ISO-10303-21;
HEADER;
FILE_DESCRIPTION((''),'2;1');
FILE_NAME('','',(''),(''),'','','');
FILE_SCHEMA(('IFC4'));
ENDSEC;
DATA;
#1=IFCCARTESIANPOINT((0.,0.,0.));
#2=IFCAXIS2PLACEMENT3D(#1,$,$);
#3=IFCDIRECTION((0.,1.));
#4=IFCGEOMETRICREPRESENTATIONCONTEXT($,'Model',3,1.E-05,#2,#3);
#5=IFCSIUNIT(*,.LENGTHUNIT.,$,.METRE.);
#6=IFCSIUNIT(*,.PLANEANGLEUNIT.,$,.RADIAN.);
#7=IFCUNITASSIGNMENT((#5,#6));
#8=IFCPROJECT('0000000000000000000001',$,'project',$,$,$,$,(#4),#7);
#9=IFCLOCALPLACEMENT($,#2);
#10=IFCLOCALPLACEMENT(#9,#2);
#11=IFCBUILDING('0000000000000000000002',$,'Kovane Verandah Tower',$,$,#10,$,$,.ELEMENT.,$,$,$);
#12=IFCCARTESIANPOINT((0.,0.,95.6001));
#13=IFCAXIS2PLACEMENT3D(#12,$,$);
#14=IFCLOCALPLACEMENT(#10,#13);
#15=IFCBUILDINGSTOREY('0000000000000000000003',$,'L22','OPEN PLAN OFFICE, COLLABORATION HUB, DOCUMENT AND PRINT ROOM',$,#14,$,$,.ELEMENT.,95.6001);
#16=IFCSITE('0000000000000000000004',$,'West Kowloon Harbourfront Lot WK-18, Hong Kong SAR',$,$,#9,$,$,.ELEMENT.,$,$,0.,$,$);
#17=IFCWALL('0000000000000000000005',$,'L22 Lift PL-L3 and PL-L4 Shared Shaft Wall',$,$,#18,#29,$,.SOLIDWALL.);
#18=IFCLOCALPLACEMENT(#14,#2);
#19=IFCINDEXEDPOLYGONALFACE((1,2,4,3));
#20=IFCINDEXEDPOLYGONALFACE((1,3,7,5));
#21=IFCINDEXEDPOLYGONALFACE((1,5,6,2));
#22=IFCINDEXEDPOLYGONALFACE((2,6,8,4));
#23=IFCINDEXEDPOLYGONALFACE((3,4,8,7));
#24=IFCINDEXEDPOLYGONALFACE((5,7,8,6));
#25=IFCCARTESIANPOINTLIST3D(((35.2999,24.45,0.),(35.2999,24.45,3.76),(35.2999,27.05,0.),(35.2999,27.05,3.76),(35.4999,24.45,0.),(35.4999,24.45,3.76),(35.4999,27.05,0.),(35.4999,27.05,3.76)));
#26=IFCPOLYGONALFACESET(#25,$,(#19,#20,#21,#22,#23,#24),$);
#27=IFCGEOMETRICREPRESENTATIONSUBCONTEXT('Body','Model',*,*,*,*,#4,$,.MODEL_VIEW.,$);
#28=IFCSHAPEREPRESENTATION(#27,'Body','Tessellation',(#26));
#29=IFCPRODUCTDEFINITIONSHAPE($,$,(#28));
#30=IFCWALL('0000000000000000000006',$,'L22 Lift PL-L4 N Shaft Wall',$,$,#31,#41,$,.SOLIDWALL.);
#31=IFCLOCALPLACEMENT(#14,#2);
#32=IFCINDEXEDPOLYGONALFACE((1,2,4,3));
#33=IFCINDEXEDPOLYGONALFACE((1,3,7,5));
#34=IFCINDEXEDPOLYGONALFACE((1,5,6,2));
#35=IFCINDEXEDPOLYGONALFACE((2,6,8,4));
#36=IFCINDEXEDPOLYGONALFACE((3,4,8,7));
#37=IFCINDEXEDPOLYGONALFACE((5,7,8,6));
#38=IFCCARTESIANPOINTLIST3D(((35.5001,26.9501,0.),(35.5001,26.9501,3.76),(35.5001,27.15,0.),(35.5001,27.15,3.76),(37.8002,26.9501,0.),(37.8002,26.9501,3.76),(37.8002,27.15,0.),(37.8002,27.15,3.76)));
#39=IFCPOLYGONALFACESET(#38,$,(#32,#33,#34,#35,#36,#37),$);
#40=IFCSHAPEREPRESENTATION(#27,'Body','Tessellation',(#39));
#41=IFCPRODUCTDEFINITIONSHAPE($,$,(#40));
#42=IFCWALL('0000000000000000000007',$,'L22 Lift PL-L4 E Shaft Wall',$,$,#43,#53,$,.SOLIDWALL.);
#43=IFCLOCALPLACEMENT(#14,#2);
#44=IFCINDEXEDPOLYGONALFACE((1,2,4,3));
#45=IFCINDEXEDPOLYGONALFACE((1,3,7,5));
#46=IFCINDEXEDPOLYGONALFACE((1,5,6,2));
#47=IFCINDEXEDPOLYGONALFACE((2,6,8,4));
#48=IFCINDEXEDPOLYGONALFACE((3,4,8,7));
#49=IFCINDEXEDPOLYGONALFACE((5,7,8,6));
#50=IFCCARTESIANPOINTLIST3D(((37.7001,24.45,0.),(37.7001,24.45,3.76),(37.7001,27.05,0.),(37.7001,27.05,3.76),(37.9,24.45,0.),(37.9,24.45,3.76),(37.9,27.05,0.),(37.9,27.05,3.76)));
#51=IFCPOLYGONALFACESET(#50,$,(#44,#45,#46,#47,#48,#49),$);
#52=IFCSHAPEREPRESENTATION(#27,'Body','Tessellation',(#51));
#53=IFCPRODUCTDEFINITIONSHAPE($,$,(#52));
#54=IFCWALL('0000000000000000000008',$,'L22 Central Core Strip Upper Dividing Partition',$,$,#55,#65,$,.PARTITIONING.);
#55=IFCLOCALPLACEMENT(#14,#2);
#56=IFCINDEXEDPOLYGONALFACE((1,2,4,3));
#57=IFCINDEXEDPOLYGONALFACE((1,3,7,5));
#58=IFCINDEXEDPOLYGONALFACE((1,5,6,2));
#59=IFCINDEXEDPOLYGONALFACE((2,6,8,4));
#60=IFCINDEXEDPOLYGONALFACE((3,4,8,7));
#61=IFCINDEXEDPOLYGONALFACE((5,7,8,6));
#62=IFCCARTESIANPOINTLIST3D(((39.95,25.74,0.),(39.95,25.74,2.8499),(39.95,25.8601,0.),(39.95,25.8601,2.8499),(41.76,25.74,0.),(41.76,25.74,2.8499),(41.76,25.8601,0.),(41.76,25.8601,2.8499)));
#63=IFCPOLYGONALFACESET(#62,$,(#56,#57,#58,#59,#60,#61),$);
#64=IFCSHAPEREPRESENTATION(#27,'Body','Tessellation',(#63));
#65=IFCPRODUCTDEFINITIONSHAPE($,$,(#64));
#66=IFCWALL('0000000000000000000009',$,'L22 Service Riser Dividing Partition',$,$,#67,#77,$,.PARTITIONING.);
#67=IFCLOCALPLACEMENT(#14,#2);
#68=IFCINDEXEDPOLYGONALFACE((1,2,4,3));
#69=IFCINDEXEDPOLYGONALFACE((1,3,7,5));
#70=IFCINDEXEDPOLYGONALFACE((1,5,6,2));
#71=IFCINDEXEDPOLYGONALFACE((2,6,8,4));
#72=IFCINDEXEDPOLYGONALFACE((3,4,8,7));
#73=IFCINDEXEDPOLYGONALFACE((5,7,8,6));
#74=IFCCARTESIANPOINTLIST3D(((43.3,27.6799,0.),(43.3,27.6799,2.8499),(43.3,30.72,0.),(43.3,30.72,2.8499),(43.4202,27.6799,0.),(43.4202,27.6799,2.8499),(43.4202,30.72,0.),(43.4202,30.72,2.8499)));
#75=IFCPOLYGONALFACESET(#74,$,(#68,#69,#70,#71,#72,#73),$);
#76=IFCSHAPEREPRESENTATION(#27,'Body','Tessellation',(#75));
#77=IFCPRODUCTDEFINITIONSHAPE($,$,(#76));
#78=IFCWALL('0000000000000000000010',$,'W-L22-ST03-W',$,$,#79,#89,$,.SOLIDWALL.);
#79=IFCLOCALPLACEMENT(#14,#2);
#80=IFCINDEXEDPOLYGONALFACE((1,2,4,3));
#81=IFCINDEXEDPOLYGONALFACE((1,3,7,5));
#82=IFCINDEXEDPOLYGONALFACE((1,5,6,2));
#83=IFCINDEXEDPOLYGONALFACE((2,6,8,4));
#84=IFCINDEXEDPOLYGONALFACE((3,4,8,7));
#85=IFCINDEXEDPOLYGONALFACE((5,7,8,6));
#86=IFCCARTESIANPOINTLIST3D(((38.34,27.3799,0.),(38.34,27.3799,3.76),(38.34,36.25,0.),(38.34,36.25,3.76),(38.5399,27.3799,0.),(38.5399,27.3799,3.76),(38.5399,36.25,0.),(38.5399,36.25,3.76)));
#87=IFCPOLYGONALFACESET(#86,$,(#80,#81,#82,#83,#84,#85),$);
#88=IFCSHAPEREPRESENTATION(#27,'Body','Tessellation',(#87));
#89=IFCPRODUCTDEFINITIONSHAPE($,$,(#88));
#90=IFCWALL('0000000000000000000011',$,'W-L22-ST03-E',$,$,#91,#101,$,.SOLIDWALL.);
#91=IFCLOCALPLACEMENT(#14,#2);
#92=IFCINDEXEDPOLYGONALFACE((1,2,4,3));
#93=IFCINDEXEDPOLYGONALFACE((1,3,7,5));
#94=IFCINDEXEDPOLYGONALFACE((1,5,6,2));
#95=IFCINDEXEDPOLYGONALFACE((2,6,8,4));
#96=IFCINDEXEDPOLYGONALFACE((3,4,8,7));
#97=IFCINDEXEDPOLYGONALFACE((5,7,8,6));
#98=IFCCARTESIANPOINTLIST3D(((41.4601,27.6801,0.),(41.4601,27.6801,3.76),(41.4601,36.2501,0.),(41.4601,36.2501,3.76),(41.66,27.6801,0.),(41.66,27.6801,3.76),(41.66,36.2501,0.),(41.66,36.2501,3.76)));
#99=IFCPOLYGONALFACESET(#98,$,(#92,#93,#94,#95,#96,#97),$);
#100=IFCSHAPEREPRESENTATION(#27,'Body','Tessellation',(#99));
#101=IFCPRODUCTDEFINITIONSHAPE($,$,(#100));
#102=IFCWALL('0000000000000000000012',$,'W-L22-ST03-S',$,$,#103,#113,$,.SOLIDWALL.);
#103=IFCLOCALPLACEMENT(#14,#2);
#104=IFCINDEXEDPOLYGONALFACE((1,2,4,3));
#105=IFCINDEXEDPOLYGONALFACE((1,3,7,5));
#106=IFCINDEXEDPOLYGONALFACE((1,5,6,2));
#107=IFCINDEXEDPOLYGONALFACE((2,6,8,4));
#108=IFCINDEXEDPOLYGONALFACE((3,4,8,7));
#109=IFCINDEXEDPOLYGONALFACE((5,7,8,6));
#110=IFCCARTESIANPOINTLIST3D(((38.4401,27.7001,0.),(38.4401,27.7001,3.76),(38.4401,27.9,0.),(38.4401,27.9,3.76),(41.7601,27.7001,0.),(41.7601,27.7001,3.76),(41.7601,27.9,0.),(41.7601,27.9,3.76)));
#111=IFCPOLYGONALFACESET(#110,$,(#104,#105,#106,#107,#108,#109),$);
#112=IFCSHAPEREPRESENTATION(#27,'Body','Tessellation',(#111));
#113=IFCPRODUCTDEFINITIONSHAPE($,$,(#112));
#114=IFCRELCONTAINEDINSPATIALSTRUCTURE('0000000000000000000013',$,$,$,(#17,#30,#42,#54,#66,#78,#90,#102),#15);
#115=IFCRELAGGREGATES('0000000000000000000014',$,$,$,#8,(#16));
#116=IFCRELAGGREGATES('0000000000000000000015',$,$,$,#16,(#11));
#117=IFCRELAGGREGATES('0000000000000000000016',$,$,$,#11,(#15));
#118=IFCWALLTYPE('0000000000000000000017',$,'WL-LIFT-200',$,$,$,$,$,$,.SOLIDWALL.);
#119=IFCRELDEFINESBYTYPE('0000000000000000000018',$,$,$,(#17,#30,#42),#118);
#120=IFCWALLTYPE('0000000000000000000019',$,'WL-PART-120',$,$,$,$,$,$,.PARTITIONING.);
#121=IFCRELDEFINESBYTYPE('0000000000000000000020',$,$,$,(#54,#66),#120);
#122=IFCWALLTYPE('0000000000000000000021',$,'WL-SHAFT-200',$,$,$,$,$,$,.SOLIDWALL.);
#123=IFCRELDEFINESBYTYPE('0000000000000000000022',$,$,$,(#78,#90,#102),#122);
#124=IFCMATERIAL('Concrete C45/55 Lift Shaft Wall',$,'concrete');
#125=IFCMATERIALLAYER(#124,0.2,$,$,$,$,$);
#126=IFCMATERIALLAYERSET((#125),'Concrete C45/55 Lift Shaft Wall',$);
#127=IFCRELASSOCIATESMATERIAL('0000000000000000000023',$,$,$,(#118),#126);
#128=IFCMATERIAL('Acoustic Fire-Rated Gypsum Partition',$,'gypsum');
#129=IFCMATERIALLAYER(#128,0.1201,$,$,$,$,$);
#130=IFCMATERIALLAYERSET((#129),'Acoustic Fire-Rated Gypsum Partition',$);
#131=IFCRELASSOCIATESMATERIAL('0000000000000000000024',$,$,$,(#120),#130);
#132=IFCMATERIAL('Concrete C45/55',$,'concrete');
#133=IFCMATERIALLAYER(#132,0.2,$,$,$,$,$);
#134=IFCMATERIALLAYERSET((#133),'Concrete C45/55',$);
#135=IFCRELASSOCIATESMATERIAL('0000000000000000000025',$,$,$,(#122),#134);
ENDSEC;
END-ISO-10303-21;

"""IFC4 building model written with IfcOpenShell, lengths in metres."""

from ifc_helpers import new_model, si_unit, direction, frame, frame_2d, origin, place, context, subcontext, project, spatial, rectangle, extrude, material, layer, layer_set, type_object, element, save


model = new_model("IFC4")

# Units and contexts
model_context = context("Model", 3, precision=1e-05, world=origin(), true_north=direction((0.0, 1.0)))
body_context = subcontext(model_context, "Body", "Model", "MODEL_VIEW")
ifc_project = project(units=[si_unit("LENGTHUNIT", "METRE"), si_unit("PLANEANGLEUNIT", "RADIAN")], contexts=[model_context])

# Site, building, storey
site_placement = place(None, origin())
site = spatial("IfcSite", under=ifc_project, at=site_placement, Name="West Kowloon Harbourfront Lot WK-18, Hong Kong SAR", CompositionType="ELEMENT", RefElevation=0.0)
building_placement = place(site_placement, origin())
building = spatial("IfcBuilding", under=site, at=building_placement, Name="Kovane Verandah Tower", CompositionType="ELEMENT")
storey_placement = place(building_placement, frame((0.0, 0.0, 95.6001)))
storey = spatial("IfcBuildingStorey", under=building, at=storey_placement, Name="L22", Description="OPEN PLAN OFFICE, COLLABORATION HUB, DOCUMENT AND PRINT ROOM", CompositionType="ELEMENT", Elevation=95.6001)

# Wall
ifc_material_1 = material(Name="Concrete C45/55 Lift Shaft Wall", Category="concrete")
ifc_layer_1 = layer(ifc_material_1, 0.2)
ifc_layer_set_1 = layer_set([ifc_layer_1], Name="Concrete C45/55 Lift Shaft Wall")
wall_type_1 = type_object("IfcWallType", Name="WL-LIFT-200", PredefinedType="SOLIDWALL", material=ifc_layer_set_1)
wall_1_placement = place(storey_placement, frame((35.3999, 24.45, 0.0), z_axis=(0.0, 0.0, 1.0), x_axis=(0.0, 1.0, 0.0)))
element("IfcWall", 1, at=wall_1_placement, inside=storey, type_object=wall_type_1, Name="L22 Lift PL-L3 and PL-L4 Shared Shaft Wall", PredefinedType="SOLIDWALL", context=body_context, shape_type="SweptSolid", body=[
    extrude(rectangle(XDim=2.6001, YDim=0.2, at=frame_2d((1.3, 0.0))), origin(), (0.0, 0.0, 1.0), 3.76),
])

# Walls
wall_2_placement = place(storey_placement, frame((37.8, 27.05, 0.0), z_axis=(0.0, 0.0, 1.0), x_axis=(-1.0, 0.0, 0.0)))
element("IfcWall", 2, at=wall_2_placement, inside=storey, type_object=wall_type_1, Name="L22 Lift PL-L4 N Shaft Wall", PredefinedType="SOLIDWALL", context=body_context, shape_type="SweptSolid", body=[
    extrude(rectangle(XDim=2.3, YDim=0.2, at=frame_2d((1.1499, 0.0))), origin(), (0.0, 0.0, 1.0), 3.76),
])
wall_3_placement = place(storey_placement, frame((37.8, 24.45, 0.0), z_axis=(0.0, 0.0, 1.0), x_axis=(0.0, 1.0, 0.0)))
element("IfcWall", 3, at=wall_3_placement, inside=storey, type_object=wall_type_1, Name="L22 Lift PL-L4 E Shaft Wall", PredefinedType="SOLIDWALL", context=body_context, shape_type="SweptSolid", body=[
    extrude(rectangle(XDim=2.6001, YDim=0.2, at=frame_2d((1.3, 0.0))), origin(), (0.0, 0.0, 1.0), 3.76),
])
ifc_material_2 = material(Name="Acoustic Fire-Rated Gypsum Partition", Category="gypsum")
ifc_layer_2 = layer(ifc_material_2, 0.1201)
ifc_layer_set_2 = layer_set([ifc_layer_2], Name="Acoustic Fire-Rated Gypsum Partition")
wall_type_2 = type_object("IfcWallType", Name="WL-PART-120", PredefinedType="PARTITIONING", material=ifc_layer_set_2)
wall_4_placement = place(storey_placement, frame((39.95, 25.8, 0.0), z_axis=(0.0, 0.0, 1.0), x_axis=(1.0, 0.0, 0.0)))
element("IfcWall", 4, at=wall_4_placement, inside=storey, type_object=wall_type_2, Name="L22 Central Core Strip Upper Dividing Partition", PredefinedType="PARTITIONING", context=body_context, shape_type="SweptSolid", body=[
    extrude(rectangle(XDim=1.8101, YDim=0.1201, at=frame_2d((0.905, 0.0))), origin(), (0.0, 0.0, 1.0), 2.8499),
])
wall_5_placement = place(storey_placement, frame((43.3601, 27.6799, 0.0), z_axis=(0.0, 0.0, 1.0), x_axis=(0.0, 1.0, 0.0)))
element("IfcWall", 5, at=wall_5_placement, inside=storey, type_object=wall_type_2, Name="L22 Service Riser Dividing Partition", PredefinedType="PARTITIONING", context=body_context, shape_type="SweptSolid", body=[
    extrude(rectangle(XDim=3.04, YDim=0.1201, at=frame_2d((1.52, 0.0))), origin(), (0.0, 0.0, 1.0), 2.8499),
])
ifc_material_3 = material(Name="Concrete C45/55", Category="concrete")
ifc_layer_3 = layer(ifc_material_3, 0.2)
ifc_layer_set_3 = layer_set([ifc_layer_3], Name="Concrete C45/55")
wall_type_3 = type_object("IfcWallType", Name="WL-SHAFT-200", PredefinedType="SOLIDWALL", material=ifc_layer_set_3)
wall_6_placement = place(storey_placement, frame((38.4399, 27.3799, 0.0), z_axis=(0.0, 0.0, 1.0), x_axis=(0.0, 1.0, 0.0)))
element("IfcWall", 6, at=wall_6_placement, inside=storey, type_object=wall_type_3, Name="W-L22-ST03-W", PredefinedType="SOLIDWALL", context=body_context, shape_type="SweptSolid", body=[
    extrude(rectangle(XDim=8.8701, YDim=0.2, at=frame_2d((4.4351, 0.0))), origin(), (0.0, 0.0, 1.0), 3.76),
])
wall_7_placement = place(storey_placement, frame((41.5601, 27.6799, 0.0), z_axis=(0.0, 0.0, 1.0), x_axis=(0.0, 1.0, 0.0)))
element("IfcWall", 7, at=wall_7_placement, inside=storey, type_object=wall_type_3, Name="W-L22-ST03-E", PredefinedType="SOLIDWALL", context=body_context, shape_type="SweptSolid", body=[
    extrude(rectangle(XDim=8.5701, YDim=0.2, at=frame_2d((4.2852, 0.0))), origin(), (0.0, 0.0, 1.0), 3.76),
])
wall_8_placement = place(storey_placement, frame((38.4399, 27.8, 0.0), z_axis=(0.0, 0.0, 1.0), x_axis=(1.0, 0.0, 0.0)))
element("IfcWall", 8, at=wall_8_placement, inside=storey, type_object=wall_type_3, Name="W-L22-ST03-S", PredefinedType="SOLIDWALL", context=body_context, shape_type="SweptSolid", body=[
    extrude(rectangle(XDim=3.3201, YDim=0.2, at=frame_2d((1.6602, 0.0))), origin(), (0.0, 0.0, 1.0), 3.76),
])

save(model, "model.ifc")
